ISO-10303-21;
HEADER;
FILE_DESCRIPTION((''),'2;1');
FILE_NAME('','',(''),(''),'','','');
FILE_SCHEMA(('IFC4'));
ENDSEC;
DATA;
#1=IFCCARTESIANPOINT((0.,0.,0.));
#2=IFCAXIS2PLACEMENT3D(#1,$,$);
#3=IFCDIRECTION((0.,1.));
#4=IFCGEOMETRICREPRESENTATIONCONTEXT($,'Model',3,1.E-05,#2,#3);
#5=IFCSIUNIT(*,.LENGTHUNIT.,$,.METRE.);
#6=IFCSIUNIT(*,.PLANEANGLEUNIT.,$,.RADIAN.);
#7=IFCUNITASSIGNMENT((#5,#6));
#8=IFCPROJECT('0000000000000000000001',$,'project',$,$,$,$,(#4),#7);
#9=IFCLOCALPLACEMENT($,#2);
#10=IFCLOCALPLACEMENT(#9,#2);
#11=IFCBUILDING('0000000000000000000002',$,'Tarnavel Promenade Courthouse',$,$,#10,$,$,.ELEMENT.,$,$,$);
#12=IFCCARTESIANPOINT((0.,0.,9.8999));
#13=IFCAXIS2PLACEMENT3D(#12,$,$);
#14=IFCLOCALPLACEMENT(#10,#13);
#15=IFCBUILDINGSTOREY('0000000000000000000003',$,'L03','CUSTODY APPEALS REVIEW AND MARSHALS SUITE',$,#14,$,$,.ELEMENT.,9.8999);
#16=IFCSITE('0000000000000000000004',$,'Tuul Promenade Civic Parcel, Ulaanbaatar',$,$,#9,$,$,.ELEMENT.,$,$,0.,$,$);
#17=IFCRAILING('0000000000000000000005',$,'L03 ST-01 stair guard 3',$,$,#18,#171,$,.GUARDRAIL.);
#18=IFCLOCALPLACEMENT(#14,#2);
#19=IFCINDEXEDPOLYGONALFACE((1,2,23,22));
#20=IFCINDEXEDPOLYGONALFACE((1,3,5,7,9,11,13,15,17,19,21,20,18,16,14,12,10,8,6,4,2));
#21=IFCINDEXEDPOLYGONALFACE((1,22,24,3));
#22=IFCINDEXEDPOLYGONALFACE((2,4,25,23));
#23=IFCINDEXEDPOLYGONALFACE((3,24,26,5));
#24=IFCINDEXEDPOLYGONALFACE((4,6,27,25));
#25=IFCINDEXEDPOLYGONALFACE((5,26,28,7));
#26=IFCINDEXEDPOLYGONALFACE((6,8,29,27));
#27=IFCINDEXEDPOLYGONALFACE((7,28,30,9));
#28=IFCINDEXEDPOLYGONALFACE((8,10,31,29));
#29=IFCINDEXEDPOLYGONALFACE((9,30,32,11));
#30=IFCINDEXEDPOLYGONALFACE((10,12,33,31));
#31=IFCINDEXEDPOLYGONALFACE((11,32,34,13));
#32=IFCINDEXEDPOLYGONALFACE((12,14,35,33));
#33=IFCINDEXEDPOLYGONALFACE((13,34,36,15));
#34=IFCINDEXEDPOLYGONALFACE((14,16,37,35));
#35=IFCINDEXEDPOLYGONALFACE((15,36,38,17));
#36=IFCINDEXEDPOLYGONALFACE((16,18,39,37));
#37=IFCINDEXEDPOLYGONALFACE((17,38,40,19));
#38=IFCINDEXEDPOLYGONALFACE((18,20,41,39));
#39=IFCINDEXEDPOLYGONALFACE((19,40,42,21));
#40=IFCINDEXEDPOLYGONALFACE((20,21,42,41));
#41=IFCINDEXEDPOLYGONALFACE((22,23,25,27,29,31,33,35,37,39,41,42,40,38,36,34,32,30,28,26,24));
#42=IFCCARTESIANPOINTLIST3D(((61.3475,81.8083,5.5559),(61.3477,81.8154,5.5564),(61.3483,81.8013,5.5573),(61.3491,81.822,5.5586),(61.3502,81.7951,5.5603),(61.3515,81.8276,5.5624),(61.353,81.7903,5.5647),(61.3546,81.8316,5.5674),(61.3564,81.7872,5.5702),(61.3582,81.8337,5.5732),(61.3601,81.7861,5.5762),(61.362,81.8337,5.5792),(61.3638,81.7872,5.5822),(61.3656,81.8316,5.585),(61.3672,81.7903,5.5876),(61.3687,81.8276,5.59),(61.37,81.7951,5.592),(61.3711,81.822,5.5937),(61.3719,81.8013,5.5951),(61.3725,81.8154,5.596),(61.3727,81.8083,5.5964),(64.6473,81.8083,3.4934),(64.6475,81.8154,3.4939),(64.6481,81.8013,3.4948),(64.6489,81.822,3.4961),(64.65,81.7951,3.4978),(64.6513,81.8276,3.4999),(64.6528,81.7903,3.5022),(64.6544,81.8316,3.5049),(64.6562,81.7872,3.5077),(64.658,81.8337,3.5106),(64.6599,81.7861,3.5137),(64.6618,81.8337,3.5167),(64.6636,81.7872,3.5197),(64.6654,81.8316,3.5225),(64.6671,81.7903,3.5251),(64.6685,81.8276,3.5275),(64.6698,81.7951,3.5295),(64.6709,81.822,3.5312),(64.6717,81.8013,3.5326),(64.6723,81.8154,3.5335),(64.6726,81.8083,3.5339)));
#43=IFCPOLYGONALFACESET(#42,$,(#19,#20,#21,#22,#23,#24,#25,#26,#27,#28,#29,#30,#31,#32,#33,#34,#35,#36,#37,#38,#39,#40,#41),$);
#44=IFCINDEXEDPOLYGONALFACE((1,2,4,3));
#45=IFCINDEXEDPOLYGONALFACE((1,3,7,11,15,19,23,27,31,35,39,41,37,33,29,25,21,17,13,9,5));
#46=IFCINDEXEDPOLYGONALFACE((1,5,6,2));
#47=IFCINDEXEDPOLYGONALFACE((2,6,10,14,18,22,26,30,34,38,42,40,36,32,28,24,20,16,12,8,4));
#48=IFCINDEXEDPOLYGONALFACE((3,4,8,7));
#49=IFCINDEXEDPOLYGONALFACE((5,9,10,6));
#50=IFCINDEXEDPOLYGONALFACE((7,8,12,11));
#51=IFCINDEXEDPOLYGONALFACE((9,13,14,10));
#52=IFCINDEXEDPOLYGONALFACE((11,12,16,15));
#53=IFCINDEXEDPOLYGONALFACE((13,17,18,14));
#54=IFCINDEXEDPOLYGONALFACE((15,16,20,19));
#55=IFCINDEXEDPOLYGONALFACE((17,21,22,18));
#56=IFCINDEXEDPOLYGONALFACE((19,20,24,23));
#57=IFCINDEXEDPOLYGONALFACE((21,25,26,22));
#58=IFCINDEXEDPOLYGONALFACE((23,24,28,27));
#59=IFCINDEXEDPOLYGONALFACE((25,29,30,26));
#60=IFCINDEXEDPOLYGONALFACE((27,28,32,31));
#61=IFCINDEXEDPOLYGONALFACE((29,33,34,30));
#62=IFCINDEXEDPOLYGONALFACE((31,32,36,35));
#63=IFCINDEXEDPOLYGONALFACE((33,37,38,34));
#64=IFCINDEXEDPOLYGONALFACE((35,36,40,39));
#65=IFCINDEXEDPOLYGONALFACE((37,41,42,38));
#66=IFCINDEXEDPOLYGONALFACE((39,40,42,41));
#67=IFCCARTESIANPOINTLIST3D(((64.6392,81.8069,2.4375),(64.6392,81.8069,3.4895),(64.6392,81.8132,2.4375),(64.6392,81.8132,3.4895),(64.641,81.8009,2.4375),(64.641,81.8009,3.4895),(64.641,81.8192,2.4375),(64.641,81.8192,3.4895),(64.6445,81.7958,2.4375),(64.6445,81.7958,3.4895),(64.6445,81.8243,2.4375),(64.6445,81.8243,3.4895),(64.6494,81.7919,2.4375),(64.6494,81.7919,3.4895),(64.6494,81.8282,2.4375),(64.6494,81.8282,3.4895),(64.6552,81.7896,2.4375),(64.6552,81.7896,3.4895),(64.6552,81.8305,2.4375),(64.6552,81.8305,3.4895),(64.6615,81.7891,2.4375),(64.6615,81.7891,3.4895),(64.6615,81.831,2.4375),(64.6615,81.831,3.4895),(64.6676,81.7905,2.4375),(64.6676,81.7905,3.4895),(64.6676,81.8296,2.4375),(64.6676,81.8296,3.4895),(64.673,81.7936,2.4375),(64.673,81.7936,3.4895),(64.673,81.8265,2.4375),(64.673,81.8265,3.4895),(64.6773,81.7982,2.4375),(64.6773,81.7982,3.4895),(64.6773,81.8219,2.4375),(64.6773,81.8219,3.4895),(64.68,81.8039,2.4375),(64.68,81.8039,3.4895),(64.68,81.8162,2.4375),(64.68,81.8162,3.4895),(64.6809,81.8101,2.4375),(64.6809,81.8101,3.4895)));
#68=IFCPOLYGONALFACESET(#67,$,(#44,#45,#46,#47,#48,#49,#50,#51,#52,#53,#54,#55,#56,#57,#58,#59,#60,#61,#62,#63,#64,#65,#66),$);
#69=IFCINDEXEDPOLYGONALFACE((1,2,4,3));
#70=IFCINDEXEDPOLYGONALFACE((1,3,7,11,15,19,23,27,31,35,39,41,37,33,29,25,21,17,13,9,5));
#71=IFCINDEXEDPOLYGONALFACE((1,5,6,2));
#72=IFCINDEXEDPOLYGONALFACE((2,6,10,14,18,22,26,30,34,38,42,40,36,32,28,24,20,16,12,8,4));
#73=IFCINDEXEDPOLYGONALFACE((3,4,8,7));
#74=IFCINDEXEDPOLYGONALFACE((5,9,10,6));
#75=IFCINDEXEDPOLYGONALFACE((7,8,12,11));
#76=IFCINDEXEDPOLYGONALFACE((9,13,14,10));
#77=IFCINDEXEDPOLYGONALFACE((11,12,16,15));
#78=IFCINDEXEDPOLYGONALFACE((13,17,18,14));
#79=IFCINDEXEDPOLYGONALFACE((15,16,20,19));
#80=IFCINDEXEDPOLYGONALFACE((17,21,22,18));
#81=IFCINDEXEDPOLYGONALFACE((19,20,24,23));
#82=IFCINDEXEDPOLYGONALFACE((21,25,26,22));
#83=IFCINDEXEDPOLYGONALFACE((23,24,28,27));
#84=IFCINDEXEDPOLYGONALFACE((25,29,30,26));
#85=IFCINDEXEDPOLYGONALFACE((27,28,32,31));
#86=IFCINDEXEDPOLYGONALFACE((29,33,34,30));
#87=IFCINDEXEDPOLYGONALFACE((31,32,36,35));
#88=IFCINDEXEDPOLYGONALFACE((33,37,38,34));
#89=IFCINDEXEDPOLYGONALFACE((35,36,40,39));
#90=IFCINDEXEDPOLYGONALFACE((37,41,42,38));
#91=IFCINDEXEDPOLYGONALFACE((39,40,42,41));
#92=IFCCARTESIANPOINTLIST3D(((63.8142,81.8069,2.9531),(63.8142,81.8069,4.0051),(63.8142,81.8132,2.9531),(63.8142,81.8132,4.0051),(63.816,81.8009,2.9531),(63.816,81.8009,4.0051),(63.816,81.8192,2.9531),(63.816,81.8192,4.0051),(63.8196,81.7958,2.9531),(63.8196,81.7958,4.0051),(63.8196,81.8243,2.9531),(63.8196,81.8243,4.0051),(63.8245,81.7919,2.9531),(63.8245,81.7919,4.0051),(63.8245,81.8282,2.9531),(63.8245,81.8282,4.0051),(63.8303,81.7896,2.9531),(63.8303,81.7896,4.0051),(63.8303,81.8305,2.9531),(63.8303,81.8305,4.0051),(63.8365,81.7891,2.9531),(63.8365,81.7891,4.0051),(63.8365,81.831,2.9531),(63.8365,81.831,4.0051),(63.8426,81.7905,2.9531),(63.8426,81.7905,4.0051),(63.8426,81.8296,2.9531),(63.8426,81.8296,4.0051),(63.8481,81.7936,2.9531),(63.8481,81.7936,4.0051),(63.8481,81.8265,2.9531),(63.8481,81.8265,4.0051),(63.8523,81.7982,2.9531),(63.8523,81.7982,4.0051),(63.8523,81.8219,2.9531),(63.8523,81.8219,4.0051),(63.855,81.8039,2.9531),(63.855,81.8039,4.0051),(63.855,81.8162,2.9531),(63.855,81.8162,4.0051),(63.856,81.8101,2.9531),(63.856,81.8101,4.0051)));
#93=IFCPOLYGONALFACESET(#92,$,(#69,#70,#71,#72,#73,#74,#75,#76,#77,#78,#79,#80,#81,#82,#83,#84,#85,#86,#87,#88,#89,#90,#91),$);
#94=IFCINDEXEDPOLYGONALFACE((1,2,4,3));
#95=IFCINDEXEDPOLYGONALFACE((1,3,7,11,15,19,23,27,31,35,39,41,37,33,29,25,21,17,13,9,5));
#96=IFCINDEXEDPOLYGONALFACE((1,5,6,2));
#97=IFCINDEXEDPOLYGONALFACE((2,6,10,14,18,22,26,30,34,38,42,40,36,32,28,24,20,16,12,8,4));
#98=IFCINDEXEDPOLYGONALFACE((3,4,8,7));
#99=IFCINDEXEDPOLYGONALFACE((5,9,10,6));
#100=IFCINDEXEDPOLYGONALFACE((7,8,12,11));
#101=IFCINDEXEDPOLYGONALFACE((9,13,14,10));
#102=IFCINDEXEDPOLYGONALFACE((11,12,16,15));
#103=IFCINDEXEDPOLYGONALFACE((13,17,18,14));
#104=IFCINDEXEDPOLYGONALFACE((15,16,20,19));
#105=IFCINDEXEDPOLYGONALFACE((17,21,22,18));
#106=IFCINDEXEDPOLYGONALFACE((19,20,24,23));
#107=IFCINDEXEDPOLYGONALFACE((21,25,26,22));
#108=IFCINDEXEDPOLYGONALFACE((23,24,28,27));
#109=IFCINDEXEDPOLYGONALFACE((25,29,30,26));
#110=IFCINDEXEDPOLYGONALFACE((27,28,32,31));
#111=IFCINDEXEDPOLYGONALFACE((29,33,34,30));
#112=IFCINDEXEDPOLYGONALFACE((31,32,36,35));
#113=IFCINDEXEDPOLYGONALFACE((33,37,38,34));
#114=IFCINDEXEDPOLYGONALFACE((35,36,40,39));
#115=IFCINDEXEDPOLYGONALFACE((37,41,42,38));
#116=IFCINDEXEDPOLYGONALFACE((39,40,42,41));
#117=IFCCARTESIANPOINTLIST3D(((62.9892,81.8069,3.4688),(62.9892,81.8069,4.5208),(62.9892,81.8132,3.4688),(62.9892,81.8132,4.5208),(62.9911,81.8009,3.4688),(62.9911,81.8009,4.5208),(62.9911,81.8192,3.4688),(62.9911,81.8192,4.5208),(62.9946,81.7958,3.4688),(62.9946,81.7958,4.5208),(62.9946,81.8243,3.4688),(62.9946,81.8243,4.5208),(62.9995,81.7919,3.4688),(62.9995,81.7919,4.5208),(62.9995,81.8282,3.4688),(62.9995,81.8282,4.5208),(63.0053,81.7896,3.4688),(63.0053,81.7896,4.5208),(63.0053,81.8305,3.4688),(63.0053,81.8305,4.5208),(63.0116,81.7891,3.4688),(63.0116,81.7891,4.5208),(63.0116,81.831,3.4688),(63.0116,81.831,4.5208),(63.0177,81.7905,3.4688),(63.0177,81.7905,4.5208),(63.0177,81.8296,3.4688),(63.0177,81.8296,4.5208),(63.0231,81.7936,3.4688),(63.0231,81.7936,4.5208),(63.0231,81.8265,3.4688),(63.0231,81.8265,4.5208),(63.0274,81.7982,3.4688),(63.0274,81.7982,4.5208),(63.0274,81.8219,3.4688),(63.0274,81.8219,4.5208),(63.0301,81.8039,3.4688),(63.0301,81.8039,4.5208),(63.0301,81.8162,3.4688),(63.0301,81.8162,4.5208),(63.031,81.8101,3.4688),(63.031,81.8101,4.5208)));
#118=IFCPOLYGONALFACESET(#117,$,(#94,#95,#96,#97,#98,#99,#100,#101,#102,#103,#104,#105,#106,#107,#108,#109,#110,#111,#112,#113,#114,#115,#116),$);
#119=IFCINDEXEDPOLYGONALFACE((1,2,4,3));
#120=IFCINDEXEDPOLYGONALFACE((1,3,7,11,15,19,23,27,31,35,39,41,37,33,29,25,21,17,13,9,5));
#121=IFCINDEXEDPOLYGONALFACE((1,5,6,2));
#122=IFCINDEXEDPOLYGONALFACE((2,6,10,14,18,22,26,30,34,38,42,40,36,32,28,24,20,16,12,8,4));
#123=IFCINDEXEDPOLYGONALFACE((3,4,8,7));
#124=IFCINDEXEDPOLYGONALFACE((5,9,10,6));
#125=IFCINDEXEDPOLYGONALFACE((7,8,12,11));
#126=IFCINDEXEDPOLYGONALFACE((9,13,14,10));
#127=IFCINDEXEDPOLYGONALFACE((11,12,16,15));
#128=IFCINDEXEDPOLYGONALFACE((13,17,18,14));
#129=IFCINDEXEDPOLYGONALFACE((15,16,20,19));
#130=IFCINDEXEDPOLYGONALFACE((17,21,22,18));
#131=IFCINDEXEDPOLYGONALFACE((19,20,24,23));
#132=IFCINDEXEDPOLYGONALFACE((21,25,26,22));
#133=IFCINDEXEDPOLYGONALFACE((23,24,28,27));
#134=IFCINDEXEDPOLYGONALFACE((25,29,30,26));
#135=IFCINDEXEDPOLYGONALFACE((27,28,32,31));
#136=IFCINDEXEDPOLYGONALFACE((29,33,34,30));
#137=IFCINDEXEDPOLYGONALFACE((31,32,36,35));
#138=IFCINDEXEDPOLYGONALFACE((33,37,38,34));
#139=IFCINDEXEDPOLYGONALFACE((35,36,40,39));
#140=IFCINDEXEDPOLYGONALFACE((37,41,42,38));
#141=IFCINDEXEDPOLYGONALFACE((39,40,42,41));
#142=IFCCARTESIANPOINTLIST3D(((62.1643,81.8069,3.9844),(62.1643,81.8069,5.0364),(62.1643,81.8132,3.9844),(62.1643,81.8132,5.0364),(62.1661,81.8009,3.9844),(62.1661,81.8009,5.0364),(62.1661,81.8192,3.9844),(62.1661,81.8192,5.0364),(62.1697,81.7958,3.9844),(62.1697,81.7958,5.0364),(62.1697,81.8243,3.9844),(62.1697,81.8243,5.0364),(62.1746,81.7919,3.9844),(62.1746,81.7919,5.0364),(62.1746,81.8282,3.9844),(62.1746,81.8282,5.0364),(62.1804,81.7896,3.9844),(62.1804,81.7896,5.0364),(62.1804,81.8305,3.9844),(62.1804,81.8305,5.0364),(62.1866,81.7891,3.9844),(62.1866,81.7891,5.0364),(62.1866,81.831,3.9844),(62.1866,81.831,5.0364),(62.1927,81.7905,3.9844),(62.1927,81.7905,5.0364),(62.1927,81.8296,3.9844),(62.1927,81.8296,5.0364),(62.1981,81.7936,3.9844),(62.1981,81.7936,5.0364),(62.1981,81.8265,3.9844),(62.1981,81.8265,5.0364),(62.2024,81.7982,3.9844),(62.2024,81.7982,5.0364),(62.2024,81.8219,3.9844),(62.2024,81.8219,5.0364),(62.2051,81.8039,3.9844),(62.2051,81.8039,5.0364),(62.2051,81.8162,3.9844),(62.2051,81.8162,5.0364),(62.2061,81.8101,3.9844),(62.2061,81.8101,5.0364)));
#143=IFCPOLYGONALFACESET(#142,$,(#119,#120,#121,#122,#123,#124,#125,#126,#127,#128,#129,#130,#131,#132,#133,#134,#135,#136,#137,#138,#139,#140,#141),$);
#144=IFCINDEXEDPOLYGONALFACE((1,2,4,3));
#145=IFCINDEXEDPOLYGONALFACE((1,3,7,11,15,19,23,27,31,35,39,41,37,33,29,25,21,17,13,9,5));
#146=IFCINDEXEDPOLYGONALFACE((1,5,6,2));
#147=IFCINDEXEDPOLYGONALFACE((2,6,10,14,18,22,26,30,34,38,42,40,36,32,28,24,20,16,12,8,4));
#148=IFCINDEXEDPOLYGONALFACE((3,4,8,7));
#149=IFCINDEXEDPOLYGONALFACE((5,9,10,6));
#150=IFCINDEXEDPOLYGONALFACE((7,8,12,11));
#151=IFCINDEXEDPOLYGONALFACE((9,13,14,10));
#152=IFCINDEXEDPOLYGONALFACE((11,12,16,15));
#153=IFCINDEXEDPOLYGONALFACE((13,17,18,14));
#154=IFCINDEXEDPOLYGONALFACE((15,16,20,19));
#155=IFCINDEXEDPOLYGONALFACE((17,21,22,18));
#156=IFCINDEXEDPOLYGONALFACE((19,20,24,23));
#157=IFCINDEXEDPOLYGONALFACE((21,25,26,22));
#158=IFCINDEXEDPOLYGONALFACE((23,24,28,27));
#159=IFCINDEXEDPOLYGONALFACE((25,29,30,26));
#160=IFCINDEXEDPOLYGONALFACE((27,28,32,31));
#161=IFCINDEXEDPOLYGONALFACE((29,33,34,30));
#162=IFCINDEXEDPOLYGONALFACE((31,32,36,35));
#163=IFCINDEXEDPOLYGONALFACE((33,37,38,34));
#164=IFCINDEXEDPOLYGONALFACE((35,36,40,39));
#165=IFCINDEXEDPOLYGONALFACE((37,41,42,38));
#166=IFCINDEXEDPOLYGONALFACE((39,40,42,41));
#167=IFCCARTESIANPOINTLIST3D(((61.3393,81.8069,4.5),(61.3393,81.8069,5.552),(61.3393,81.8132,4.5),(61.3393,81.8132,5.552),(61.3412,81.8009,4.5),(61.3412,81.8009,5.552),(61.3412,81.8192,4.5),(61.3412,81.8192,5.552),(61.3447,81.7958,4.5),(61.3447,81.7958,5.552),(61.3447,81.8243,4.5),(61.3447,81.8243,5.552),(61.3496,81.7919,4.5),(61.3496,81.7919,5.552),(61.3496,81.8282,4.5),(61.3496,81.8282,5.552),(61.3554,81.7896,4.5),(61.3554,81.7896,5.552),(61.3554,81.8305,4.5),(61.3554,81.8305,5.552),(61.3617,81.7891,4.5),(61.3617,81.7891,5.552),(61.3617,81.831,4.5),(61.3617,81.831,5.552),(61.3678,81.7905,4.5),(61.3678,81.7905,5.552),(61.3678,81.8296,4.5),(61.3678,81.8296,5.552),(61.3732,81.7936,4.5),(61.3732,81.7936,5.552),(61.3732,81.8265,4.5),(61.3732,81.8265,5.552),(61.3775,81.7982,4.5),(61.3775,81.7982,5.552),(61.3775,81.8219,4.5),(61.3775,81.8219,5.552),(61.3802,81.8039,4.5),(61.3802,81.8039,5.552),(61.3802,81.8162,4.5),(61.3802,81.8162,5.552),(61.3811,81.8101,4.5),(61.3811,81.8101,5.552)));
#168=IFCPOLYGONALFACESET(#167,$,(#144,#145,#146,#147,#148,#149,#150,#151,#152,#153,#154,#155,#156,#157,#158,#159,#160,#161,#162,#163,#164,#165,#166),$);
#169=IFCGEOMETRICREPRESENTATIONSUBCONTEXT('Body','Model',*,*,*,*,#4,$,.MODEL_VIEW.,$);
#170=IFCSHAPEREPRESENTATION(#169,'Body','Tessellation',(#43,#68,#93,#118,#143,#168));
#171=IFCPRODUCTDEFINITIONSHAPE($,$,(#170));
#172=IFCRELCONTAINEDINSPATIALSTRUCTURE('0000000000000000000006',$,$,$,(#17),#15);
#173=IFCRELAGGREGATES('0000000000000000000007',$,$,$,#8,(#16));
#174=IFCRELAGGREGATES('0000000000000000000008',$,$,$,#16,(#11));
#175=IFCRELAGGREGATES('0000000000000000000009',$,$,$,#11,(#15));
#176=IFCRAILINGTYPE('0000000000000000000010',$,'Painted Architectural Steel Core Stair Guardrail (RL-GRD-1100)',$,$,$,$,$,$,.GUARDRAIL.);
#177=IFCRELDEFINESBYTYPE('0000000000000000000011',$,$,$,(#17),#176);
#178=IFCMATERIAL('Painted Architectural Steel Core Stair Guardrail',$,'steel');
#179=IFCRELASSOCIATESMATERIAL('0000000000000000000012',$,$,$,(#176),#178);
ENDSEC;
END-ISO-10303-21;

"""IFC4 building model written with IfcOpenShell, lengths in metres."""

from ifc_helpers import new_model, si_unit, direction, frame, origin, origin_2d, place, context, subcontext, project, spatial, circle, extrude, material, type_object, element, save


model = new_model("IFC4")

# Units and contexts
model_context = context("Model", 3, precision=1e-05, world=origin(), true_north=direction((0.0, 1.0)))
body_context = subcontext(model_context, "Body", "Model", "MODEL_VIEW")
ifc_project = project(units=[si_unit("LENGTHUNIT", "METRE"), si_unit("PLANEANGLEUNIT", "RADIAN")], contexts=[model_context])

# Site, building, storey
site_placement = place(None, origin())
site = spatial("IfcSite", under=ifc_project, at=site_placement, Name="Tuul Promenade Civic Parcel, Ulaanbaatar", CompositionType="ELEMENT", RefElevation=0.0)
building_placement = place(site_placement, origin())
building = spatial("IfcBuilding", under=site, at=building_placement, Name="Tarnavel Promenade Courthouse", CompositionType="ELEMENT")
storey_placement = place(building_placement, frame((0.0, 0.0, 9.8999)))
storey = spatial("IfcBuildingStorey", under=building, at=storey_placement, Name="L03", Description="CUSTODY APPEALS REVIEW AND MARSHALS SUITE", CompositionType="ELEMENT", Elevation=9.8999)

# Railing
ifc_material_1 = material(Name="Painted Architectural Steel Core Stair Guardrail", Category="steel")
railing_type_1 = type_object("IfcRailingType", Name="Painted Architectural Steel Core Stair Guardrail (RL-GRD-1100)", PredefinedType="GUARDRAIL", material=ifc_material_1)
railing_1_placement = place(storey_placement, frame((64.6599, 81.8101, 2.4375)))
element("IfcRailing", 1, at=railing_1_placement, inside=storey, type_object=railing_type_1, Name="L03 ST-01 stair guard 3", PredefinedType="GUARDRAIL", context=body_context, shape_type="SweptSolid", body=[
    extrude(circle(Radius=0.0239, at=origin_2d()), frame((0.0, 0.0, 1.0762), z_axis=(-0.847984, 0.0, 0.530021), x_axis=(0.0, -1.0, 0.0)), (0.0, 0.0, 1.0), 3.8914),
    extrude(circle(Radius=0.021, at=origin_2d()), origin(), (0.0, 0.0, 1.0), 1.052),
    extrude(circle(Radius=0.021, at=origin_2d()), frame((-0.825, 0.0, 0.5156)), (0.0, 0.0, 1.0), 1.052),
    extrude(circle(Radius=0.021, at=origin_2d()), frame((-1.6499, 0.0, 1.0312)), (0.0, 0.0, 1.0), 1.052),
    extrude(circle(Radius=0.021, at=origin_2d()), frame((-2.4749, 0.0, 1.5469)), (0.0, 0.0, 1.0), 1.052),
    extrude(circle(Radius=0.021, at=origin_2d()), frame((-3.2998, 0.0, 2.0625)), (0.0, 0.0, 1.0), 1.052),
])

save(model, "model.ifc")
